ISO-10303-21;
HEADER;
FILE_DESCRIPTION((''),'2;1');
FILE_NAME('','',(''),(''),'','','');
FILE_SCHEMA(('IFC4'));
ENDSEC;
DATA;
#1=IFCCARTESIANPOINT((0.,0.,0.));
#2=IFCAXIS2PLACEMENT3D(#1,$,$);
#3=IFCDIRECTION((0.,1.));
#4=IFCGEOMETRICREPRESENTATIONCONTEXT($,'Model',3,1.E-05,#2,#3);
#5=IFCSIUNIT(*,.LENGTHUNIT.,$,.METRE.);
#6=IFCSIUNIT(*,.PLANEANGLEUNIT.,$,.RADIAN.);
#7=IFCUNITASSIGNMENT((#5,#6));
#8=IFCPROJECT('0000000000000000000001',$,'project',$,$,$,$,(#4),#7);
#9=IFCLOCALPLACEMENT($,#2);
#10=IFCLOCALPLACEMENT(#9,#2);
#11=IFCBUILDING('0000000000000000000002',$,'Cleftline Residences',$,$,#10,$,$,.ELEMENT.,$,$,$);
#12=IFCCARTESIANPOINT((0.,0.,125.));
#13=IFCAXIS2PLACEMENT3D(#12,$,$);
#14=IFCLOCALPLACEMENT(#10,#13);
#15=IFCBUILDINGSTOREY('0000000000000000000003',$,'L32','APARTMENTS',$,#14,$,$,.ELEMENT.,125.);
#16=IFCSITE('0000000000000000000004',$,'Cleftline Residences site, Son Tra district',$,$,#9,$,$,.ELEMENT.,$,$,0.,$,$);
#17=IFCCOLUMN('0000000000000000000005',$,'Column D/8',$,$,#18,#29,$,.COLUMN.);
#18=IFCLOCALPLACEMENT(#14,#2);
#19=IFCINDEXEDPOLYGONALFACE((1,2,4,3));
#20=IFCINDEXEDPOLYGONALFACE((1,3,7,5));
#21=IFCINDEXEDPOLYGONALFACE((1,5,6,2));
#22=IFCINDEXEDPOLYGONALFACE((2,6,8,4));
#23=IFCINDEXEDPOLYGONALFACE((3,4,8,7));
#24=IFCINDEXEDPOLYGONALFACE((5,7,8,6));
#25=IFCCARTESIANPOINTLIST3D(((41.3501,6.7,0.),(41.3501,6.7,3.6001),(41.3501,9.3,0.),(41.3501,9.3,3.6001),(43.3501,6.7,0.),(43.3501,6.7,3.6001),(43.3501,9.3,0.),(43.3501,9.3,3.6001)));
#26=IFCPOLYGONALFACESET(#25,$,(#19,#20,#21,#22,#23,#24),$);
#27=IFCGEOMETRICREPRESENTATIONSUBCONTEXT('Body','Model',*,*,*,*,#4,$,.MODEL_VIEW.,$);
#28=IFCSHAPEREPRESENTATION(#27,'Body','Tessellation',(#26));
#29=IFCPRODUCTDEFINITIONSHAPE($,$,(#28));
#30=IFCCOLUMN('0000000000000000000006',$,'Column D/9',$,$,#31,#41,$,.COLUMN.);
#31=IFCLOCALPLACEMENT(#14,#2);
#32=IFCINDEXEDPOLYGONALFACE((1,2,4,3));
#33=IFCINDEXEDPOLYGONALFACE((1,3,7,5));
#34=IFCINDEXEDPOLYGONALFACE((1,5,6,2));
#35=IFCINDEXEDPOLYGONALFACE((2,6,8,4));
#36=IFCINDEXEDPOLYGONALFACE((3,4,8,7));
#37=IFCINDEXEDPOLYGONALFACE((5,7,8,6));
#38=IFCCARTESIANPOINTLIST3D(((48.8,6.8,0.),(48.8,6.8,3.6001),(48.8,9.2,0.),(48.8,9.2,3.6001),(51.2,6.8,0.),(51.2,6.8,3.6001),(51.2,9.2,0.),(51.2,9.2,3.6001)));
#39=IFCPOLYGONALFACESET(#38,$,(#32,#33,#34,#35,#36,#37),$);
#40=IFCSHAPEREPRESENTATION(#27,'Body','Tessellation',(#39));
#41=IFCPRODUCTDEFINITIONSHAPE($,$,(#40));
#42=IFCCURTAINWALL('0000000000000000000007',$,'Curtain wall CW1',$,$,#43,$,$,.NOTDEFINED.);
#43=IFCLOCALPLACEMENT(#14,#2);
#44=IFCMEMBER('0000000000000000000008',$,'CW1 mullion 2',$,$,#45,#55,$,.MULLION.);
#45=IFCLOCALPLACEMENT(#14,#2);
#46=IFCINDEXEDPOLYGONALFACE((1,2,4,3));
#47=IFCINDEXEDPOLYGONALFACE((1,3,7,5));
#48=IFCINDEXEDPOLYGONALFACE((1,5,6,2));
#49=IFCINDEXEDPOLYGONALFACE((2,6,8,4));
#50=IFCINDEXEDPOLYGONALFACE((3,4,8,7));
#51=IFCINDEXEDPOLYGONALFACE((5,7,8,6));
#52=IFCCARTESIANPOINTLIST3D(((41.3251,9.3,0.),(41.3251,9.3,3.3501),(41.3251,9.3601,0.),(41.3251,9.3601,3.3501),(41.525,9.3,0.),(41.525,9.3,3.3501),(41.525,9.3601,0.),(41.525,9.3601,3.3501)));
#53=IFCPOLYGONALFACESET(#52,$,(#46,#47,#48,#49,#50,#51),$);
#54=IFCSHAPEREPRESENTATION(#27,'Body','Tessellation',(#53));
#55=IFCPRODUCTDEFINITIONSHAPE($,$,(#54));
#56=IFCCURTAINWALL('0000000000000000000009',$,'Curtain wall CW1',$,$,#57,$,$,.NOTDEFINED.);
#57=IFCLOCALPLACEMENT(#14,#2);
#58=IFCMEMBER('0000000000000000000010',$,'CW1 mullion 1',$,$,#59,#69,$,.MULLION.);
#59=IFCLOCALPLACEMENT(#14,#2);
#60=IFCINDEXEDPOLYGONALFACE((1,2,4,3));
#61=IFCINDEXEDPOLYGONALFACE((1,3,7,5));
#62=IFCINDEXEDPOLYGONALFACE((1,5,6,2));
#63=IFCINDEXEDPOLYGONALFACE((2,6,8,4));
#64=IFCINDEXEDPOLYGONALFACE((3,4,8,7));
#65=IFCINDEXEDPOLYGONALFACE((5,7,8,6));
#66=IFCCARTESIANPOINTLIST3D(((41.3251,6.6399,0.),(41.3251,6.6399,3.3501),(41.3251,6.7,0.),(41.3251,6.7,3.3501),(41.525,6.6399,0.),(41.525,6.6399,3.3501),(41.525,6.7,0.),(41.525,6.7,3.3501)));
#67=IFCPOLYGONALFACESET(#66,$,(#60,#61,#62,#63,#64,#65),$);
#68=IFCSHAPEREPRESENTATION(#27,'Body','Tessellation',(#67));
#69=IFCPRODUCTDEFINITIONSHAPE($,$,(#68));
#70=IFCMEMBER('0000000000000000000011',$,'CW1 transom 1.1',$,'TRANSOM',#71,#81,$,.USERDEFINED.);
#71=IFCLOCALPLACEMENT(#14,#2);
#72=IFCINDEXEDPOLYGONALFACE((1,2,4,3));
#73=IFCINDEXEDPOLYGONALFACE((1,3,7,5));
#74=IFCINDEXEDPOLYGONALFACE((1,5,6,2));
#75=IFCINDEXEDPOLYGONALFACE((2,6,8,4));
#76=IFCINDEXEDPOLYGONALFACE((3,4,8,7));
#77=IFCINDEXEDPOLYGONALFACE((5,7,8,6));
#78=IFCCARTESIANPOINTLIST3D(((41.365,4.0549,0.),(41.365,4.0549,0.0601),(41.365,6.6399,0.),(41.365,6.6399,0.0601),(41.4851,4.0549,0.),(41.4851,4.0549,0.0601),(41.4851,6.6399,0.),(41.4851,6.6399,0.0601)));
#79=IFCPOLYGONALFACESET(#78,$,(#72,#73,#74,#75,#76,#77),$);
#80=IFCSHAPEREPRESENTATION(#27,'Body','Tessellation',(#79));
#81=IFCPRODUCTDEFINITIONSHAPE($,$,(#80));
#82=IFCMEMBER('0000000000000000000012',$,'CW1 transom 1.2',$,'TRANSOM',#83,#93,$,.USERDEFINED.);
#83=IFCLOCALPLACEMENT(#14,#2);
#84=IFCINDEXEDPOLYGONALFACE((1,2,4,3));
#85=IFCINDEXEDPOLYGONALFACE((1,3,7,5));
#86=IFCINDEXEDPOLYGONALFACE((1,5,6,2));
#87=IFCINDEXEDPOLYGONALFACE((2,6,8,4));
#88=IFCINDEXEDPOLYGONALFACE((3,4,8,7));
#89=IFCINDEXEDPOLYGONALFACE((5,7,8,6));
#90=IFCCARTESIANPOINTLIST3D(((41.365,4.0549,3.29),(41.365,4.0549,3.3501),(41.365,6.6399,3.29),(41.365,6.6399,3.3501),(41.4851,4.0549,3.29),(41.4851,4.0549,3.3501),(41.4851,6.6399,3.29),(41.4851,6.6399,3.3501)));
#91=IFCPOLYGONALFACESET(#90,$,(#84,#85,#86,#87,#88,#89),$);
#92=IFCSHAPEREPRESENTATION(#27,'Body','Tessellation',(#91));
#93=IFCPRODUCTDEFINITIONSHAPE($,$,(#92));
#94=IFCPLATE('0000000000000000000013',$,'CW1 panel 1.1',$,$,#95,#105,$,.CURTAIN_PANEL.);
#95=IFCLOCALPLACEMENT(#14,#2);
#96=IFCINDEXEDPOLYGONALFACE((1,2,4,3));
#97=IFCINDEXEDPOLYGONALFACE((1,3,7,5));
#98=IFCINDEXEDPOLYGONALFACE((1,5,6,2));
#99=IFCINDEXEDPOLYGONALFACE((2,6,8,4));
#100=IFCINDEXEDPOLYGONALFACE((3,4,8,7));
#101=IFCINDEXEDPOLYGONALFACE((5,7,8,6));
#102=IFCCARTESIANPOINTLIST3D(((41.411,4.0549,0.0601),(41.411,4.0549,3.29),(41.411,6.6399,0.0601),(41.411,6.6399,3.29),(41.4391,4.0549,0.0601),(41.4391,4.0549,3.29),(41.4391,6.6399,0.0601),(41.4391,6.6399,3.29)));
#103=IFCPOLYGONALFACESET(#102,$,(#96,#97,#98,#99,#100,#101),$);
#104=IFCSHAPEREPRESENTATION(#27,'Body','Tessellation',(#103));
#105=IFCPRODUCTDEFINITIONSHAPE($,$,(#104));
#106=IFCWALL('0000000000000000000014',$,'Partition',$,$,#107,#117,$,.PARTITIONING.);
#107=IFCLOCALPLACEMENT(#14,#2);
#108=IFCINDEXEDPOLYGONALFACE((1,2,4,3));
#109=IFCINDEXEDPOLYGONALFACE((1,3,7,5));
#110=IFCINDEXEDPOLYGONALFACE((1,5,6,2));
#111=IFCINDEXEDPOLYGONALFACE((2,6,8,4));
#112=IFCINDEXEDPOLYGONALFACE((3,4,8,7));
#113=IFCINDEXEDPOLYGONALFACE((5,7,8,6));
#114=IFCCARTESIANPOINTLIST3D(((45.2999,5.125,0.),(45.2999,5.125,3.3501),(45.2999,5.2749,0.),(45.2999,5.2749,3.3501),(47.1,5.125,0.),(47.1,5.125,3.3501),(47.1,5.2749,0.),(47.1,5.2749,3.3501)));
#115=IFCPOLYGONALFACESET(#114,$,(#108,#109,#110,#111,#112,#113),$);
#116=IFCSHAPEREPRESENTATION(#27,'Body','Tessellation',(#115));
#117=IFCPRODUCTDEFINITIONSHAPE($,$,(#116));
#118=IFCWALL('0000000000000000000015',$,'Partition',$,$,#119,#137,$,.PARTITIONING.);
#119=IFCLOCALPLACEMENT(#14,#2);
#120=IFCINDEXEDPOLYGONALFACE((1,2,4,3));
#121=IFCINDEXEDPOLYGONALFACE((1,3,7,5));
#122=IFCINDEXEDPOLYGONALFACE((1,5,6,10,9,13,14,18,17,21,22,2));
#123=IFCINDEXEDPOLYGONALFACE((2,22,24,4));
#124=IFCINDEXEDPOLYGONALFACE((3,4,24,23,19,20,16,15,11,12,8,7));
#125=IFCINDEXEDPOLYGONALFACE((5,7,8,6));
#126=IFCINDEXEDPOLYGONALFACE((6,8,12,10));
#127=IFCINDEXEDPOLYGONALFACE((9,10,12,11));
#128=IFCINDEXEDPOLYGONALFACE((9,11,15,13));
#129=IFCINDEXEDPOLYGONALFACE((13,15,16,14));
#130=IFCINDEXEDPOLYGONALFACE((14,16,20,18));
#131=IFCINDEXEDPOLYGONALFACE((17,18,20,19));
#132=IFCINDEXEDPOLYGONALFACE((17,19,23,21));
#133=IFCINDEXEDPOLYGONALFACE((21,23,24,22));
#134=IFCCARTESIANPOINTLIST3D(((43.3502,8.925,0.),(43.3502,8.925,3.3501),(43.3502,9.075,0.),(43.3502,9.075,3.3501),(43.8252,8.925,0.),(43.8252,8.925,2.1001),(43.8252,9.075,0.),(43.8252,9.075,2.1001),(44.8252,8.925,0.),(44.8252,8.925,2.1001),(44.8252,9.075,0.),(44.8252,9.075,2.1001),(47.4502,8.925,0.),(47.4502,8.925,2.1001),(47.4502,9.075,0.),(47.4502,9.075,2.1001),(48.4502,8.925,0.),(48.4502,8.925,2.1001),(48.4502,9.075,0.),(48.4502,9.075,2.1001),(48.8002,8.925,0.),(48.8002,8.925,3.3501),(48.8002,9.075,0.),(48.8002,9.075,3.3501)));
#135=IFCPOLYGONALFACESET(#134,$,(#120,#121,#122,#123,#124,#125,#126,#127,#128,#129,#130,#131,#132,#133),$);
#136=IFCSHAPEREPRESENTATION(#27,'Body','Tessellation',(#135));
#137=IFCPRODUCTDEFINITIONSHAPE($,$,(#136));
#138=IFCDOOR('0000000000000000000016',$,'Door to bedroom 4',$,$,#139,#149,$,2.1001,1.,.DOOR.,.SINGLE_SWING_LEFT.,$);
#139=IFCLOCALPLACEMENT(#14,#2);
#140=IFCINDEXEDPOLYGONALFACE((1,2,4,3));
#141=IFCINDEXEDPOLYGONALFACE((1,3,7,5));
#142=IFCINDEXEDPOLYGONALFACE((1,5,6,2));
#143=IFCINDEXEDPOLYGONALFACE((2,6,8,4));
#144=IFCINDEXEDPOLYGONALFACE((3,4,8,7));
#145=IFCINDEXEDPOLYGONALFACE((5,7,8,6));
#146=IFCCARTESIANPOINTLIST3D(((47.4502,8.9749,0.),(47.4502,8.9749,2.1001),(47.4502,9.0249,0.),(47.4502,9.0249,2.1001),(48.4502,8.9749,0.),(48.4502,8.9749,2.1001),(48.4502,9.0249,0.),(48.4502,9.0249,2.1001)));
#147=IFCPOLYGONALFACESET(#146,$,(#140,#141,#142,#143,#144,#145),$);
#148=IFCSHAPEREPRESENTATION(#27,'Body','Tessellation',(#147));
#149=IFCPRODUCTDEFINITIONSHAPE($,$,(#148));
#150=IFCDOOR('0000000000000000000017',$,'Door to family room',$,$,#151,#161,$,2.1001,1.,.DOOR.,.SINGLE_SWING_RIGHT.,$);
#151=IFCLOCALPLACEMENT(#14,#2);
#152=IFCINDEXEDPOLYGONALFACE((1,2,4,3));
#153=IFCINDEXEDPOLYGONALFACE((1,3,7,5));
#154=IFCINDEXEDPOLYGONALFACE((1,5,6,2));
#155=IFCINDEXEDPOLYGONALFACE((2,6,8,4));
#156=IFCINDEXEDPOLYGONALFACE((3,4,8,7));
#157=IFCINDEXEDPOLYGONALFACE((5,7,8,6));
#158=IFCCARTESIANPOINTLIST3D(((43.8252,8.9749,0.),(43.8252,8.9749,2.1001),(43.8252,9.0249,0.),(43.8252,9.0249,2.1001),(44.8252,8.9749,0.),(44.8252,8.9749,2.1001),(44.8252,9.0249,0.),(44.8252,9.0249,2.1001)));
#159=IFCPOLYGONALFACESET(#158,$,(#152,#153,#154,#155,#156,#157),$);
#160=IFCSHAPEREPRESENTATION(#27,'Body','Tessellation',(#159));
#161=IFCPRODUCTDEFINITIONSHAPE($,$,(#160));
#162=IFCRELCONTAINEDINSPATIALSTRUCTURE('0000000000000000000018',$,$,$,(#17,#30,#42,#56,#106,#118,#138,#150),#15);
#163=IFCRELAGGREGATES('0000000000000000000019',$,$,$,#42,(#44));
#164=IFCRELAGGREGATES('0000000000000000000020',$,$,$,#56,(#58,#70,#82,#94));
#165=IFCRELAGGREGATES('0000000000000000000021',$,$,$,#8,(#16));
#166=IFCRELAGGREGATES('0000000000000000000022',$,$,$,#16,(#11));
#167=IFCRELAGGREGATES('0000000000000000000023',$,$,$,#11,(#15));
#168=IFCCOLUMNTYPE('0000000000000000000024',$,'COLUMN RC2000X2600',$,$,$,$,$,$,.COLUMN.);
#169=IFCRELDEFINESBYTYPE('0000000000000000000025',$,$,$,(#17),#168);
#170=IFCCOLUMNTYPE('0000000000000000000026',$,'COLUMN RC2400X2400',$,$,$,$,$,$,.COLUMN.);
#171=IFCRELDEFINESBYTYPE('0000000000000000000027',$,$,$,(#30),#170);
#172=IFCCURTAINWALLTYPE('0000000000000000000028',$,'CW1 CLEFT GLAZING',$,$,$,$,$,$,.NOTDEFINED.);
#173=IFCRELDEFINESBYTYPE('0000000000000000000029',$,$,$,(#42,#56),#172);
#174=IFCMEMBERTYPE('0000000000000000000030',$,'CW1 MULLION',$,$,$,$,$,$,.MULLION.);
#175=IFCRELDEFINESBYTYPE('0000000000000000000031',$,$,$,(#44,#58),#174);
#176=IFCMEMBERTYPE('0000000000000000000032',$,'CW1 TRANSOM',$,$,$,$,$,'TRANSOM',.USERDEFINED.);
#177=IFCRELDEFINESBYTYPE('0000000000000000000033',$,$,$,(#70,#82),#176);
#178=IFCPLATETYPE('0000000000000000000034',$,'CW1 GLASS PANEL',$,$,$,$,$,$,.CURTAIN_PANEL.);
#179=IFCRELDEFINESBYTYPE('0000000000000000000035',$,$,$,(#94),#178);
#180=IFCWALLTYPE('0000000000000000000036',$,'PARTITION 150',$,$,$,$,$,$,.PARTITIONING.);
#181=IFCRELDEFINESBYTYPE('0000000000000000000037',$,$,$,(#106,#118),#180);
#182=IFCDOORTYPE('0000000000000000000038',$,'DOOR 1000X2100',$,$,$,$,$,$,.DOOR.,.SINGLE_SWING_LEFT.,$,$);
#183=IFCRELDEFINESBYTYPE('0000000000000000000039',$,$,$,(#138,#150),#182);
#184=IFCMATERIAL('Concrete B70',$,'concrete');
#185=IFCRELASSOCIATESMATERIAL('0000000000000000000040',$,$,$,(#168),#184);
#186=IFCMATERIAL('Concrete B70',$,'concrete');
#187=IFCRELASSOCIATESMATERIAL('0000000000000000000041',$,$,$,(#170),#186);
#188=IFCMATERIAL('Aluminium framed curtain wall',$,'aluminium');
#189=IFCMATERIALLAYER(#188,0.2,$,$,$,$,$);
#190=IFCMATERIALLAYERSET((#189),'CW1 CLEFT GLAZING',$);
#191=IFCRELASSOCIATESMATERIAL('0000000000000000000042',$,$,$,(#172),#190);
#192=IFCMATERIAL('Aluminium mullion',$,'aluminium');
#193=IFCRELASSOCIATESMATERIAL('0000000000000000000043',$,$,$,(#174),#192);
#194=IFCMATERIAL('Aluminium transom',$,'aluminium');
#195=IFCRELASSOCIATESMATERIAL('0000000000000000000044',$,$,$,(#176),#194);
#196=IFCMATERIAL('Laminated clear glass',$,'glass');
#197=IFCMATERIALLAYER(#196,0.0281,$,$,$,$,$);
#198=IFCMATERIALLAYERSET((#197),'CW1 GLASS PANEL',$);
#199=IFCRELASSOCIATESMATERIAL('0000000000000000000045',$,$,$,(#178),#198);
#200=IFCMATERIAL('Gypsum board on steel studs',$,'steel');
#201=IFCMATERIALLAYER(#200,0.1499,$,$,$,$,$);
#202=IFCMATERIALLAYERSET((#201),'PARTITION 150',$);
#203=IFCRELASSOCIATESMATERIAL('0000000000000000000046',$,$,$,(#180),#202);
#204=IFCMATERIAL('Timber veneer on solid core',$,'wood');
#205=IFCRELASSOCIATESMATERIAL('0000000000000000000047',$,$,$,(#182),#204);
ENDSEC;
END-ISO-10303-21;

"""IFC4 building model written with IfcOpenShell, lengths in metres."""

from ifc_helpers import new_model, si_unit, direction, frame, frame_2d, origin, origin_2d, place, context, subcontext, project, spatial, rectangle, extrude, material, layer, layer_set, material_profile, profile_set, type_object, element, fill, aggregate, save


model = new_model("IFC4")

# Units and contexts
model_context = context("Model", 3, precision=1e-05, world=origin(), true_north=direction((0.0, 1.0)))
body_context = subcontext(model_context, "Body", "Model", "MODEL_VIEW")
ifc_project = project(units=[si_unit("LENGTHUNIT", "METRE"), si_unit("PLANEANGLEUNIT", "RADIAN")], contexts=[model_context])

# Site, building, storey
site_placement = place(None, origin())
site = spatial("IfcSite", under=ifc_project, at=site_placement, Name="Cleftline Residences site, Son Tra district", CompositionType="ELEMENT", RefElevation=0.0)
building_placement = place(site_placement, origin())
building = spatial("IfcBuilding", under=site, at=building_placement, Name="Cleftline Residences", CompositionType="ELEMENT")
storey_placement = place(building_placement, frame((0.0, 0.0, 125.0)))
storey = spatial("IfcBuildingStorey", under=building, at=storey_placement, Name="L32", Description="APARTMENTS", CompositionType="ELEMENT", Elevation=125.0)

# Columns
ifc_material_1 = material(Name="Concrete B70", Category="concrete")
ifc_material_profile_1 = material_profile(ifc_material_1, rectangle(XDim=2.0, YDim=2.6001, at=origin_2d()))
ifc_profile_set_1 = profile_set([ifc_material_profile_1], Name="Concrete B70")
column_type_1 = type_object("IfcColumnType", Name="COLUMN RC2000X2600", PredefinedType="COLUMN", material=ifc_profile_set_1)
column_1_placement = place(storey_placement, frame((42.3501, 8.0, 0.0), z_axis=(0.0, 0.0, 1.0), x_axis=(1.0, 0.0, 0.0)))
element("IfcColumn", 1, at=column_1_placement, inside=storey, type_object=column_type_1, Name="Column D/8", PredefinedType="COLUMN", context=body_context, shape_type="SweptSolid", body=[
    extrude(rectangle(XDim=2.0, YDim=2.6001, at=origin_2d()), origin(), (0.0, 0.0, 1.0), 3.6001),
])
ifc_material_2 = material(Name="Concrete B70", Category="concrete")
ifc_material_profile_2 = material_profile(ifc_material_2, rectangle(XDim=2.3999, YDim=2.3999, at=origin_2d()))
ifc_profile_set_2 = profile_set([ifc_material_profile_2], Name="Concrete B70")
column_type_2 = type_object("IfcColumnType", Name="COLUMN RC2400X2400", PredefinedType="COLUMN", material=ifc_profile_set_2)
column_2_placement = place(storey_placement, frame((50.0, 8.0, 0.0), z_axis=(0.0, 0.0, 1.0), x_axis=(1.0, 0.0, 0.0)))
element("IfcColumn", 2, at=column_2_placement, inside=storey, type_object=column_type_2, Name="Column D/9", PredefinedType="COLUMN", context=body_context, shape_type="SweptSolid", body=[
    extrude(rectangle(XDim=2.3999, YDim=2.3999, at=origin_2d()), origin(), (0.0, 0.0, 1.0), 3.6001),
])

# Curtain wall, member
ifc_material_3 = material(Name="Aluminium framed curtain wall", Category="aluminium")
ifc_layer_1 = layer(ifc_material_3, 0.2)
ifc_layer_set_1 = layer_set([ifc_layer_1], Name="CW1 CLEFT GLAZING")
curtain_wall_type = type_object("IfcCurtainWallType", Name="CW1 CLEFT GLAZING", PredefinedType="NOTDEFINED", material=ifc_layer_set_1)
curtain_wall_1_placement = place(storey_placement, origin())
curtain_wall_1 = element("IfcCurtainWall", 3, at=curtain_wall_1_placement, inside=storey, type_object=curtain_wall_type, Name="Curtain wall CW1", PredefinedType="NOTDEFINED")
ifc_material_4 = material(Name="Aluminium mullion", Category="aluminium")
ifc_material_profile_3 = material_profile(ifc_material_4, rectangle(XDim=0.2, YDim=0.0601, at=origin_2d()))
ifc_profile_set_3 = profile_set([ifc_material_profile_3], Name="Aluminium mullion")
member_type_1 = type_object("IfcMemberType", Name="CW1 MULLION", PredefinedType="MULLION", material=ifc_profile_set_3)
member_1_placement = place(storey_placement, frame((41.425, 9.3301, 0.0), z_axis=(0.0, 0.0, 1.0), x_axis=(1.0, 0.0, 0.0)))
member_1 = element("IfcMember", 4, at=member_1_placement, type_object=member_type_1, Name="CW1 mullion 2", PredefinedType="MULLION", context=body_context, shape_type="SweptSolid", body=[
    extrude(rectangle(XDim=0.2, YDim=0.0601, at=origin_2d()), origin(), (0.0, 0.0, 1.0), 3.3501),
])
aggregate(curtain_wall_1, [member_1])

# Curtain wall, members, plate
curtain_wall_2_placement = place(storey_placement, origin())
curtain_wall_2 = element("IfcCurtainWall", 5, at=curtain_wall_2_placement, inside=storey, type_object=curtain_wall_type, Name="Curtain wall CW1", PredefinedType="NOTDEFINED")
member_2_placement = place(storey_placement, frame((41.425, 6.6699, 0.0), z_axis=(0.0, 0.0, 1.0), x_axis=(1.0, 0.0, 0.0)))
member_2 = element("IfcMember", 6, at=member_2_placement, type_object=member_type_1, Name="CW1 mullion 1", PredefinedType="MULLION", context=body_context, shape_type="SweptSolid", body=[
    extrude(rectangle(XDim=0.2, YDim=0.0601, at=origin_2d()), origin(), (0.0, 0.0, 1.0), 3.3501),
])
ifc_material_5 = material(Name="Aluminium transom", Category="aluminium")
ifc_material_profile_4 = material_profile(ifc_material_5, rectangle(XDim=0.1201, YDim=0.0601, at=origin_2d()))
ifc_profile_set_4 = profile_set([ifc_material_profile_4], Name="Aluminium transom")
member_type_2 = type_object("IfcMemberType", Name="CW1 TRANSOM", ElementType="TRANSOM", PredefinedType="USERDEFINED", material=ifc_profile_set_4)
member_3_placement = place(storey_placement, frame((41.425, 6.6399, 0.03), z_axis=(0.0, -1.0, 0.0), x_axis=(1.0, 0.0, 0.0)))
member_3 = element("IfcMember", 7, at=member_3_placement, type_object=member_type_2, Name="CW1 transom 1.1", ObjectType="TRANSOM", PredefinedType="USERDEFINED", context=body_context, shape_type="SweptSolid", body=[
    extrude(rectangle(XDim=0.1201, YDim=0.0601, at=origin_2d()), origin(), (0.0, 0.0, 1.0), 2.585),
])
member_4_placement = place(storey_placement, frame((41.425, 6.6399, 3.3201), z_axis=(0.0, -1.0, 0.0), x_axis=(1.0, 0.0, 0.0)))
member_4 = element("IfcMember", 8, at=member_4_placement, type_object=member_type_2, Name="CW1 transom 1.2", ObjectType="TRANSOM", PredefinedType="USERDEFINED", context=body_context, shape_type="SweptSolid", body=[
    extrude(rectangle(XDim=0.1201, YDim=0.0601, at=origin_2d()), origin(), (0.0, 0.0, 1.0), 2.585),
])
ifc_material_6 = material(Name="Laminated clear glass", Category="glass")
ifc_layer_2 = layer(ifc_material_6, 0.0281)
ifc_layer_set_2 = layer_set([ifc_layer_2], Name="CW1 GLASS PANEL")
plate_type = type_object("IfcPlateType", Name="CW1 GLASS PANEL", PredefinedType="CURTAIN_PANEL", material=ifc_layer_set_2)
plate_placement = place(storey_placement, frame((41.425, 5.3474, 0.0601), z_axis=(0.0, 0.0, 1.0), x_axis=(0.0, -1.0, 0.0)))
plate = element("IfcPlate", 9, at=plate_placement, type_object=plate_type, Name="CW1 panel 1.1", PredefinedType="CURTAIN_PANEL", context=body_context, shape_type="SweptSolid", body=[
    extrude(rectangle(XDim=2.585, YDim=0.0281, at=origin_2d()), origin(), (0.0, 0.0, 1.0), 3.23),
])
aggregate(curtain_wall_2, [member_2, member_3, member_4, plate])

# Wall
ifc_material_7 = material(Name="Gypsum board on steel studs", Category="steel")
ifc_layer_3 = layer(ifc_material_7, 0.1499)
ifc_layer_set_3 = layer_set([ifc_layer_3], Name="PARTITION 150")
wall_type = type_object("IfcWallType", Name="PARTITION 150", PredefinedType="PARTITIONING", material=ifc_layer_set_3)
wall_1_placement = place(storey_placement, frame((45.3, 5.2, 0.0), z_axis=(0.0, 0.0, 1.0), x_axis=(1.0, 0.0, 0.0)))
element("IfcWall", 10, at=wall_1_placement, inside=storey, type_object=wall_type, Name="Partition", PredefinedType="PARTITIONING", context=body_context, shape_type="SweptSolid", body=[
    extrude(rectangle(XDim=1.8, YDim=0.1499, at=frame_2d((0.8999, 0.0))), origin(), (0.0, 0.0, 1.0), 3.3501),
])

# Wall, openings, doors
wall_2_placement = place(storey_placement, frame((43.3501, 9.0, 0.0), z_axis=(0.0, 0.0, 1.0), x_axis=(1.0, 0.0, 0.0)))
wall_2 = element("IfcWall", 11, at=wall_2_placement, inside=storey, type_object=wall_type, Name="Partition", PredefinedType="PARTITIONING", context=body_context, shape_type="SweptSolid", body=[
    extrude(rectangle(XDim=5.45, YDim=0.1499, at=frame_2d((2.7251, 0.0))), origin(), (0.0, 0.0, 1.0), 3.3501),
])
opening_1_placement = place(wall_2_placement, frame((4.1001, 0.0, 0.0)))
opening_1 = element("IfcOpeningElement", 12, at=opening_1_placement, cuts=wall_2, PredefinedType="OPENING", context=body_context, shape_type="SweptSolid", body=[
    extrude(rectangle(XDim=1.0, YDim=2.1001, at=frame_2d((0.5, 1.05))), frame((0.0, 0.085, 0.0), z_axis=(0.0, -1.0, 0.0), x_axis=(1.0, 0.0, 0.0)), (0.0, 0.0, 1.0), 0.1699),
])
opening_2_placement = place(wall_2_placement, frame((0.4751, 0.0, 0.0)))
opening_2 = element("IfcOpeningElement", 13, at=opening_2_placement, cuts=wall_2, PredefinedType="OPENING", context=body_context, shape_type="SweptSolid", body=[
    extrude(rectangle(XDim=1.0, YDim=2.1001, at=frame_2d((0.5, 1.05))), frame((0.0, 0.085, 0.0), z_axis=(0.0, -1.0, 0.0), x_axis=(1.0, 0.0, 0.0)), (0.0, 0.0, 1.0), 0.1699),
])
ifc_material_8 = material(Name="Timber veneer on solid core", Category="wood")
door_type_1 = type_object("IfcDoorType", Name="DOOR 1000X2100", OperationType="SINGLE_SWING_LEFT", PredefinedType="DOOR", material=ifc_material_8)
door_1_placement = place(opening_1_placement, origin())
door_1 = element("IfcDoor", 14, at=door_1_placement, inside=storey, type_object=door_type_1, Name="Door to bedroom 4", OperationType="SINGLE_SWING_LEFT", OverallHeight=2.1001, OverallWidth=1.0, PredefinedType="DOOR", context=body_context, shape_type="SweptSolid", body=[
    extrude(rectangle(XDim=1.0, YDim=2.1001, at=frame_2d((0.5, 1.05))), frame((0.0, 0.0249, 0.0), z_axis=(0.0, -1.0, 0.0), x_axis=(1.0, 0.0, 0.0)), (0.0, 0.0, 1.0), 0.05),
])
fill(opening_1, door_1)
door_2_placement = place(opening_2_placement, origin())
door_2 = element("IfcDoor", 15, at=door_2_placement, inside=storey, type_object=door_type_1, Name="Door to family room", OperationType="SINGLE_SWING_RIGHT", OverallHeight=2.1001, OverallWidth=1.0, PredefinedType="DOOR", context=body_context, shape_type="SweptSolid", body=[
    extrude(rectangle(XDim=1.0, YDim=2.1001, at=frame_2d((0.5, 1.05))), frame((0.0, 0.0249, 0.0), z_axis=(0.0, -1.0, 0.0), x_axis=(1.0, 0.0, 0.0)), (0.0, 0.0, 1.0), 0.05),
])
fill(opening_2, door_2)

save(model, "model.ifc")
